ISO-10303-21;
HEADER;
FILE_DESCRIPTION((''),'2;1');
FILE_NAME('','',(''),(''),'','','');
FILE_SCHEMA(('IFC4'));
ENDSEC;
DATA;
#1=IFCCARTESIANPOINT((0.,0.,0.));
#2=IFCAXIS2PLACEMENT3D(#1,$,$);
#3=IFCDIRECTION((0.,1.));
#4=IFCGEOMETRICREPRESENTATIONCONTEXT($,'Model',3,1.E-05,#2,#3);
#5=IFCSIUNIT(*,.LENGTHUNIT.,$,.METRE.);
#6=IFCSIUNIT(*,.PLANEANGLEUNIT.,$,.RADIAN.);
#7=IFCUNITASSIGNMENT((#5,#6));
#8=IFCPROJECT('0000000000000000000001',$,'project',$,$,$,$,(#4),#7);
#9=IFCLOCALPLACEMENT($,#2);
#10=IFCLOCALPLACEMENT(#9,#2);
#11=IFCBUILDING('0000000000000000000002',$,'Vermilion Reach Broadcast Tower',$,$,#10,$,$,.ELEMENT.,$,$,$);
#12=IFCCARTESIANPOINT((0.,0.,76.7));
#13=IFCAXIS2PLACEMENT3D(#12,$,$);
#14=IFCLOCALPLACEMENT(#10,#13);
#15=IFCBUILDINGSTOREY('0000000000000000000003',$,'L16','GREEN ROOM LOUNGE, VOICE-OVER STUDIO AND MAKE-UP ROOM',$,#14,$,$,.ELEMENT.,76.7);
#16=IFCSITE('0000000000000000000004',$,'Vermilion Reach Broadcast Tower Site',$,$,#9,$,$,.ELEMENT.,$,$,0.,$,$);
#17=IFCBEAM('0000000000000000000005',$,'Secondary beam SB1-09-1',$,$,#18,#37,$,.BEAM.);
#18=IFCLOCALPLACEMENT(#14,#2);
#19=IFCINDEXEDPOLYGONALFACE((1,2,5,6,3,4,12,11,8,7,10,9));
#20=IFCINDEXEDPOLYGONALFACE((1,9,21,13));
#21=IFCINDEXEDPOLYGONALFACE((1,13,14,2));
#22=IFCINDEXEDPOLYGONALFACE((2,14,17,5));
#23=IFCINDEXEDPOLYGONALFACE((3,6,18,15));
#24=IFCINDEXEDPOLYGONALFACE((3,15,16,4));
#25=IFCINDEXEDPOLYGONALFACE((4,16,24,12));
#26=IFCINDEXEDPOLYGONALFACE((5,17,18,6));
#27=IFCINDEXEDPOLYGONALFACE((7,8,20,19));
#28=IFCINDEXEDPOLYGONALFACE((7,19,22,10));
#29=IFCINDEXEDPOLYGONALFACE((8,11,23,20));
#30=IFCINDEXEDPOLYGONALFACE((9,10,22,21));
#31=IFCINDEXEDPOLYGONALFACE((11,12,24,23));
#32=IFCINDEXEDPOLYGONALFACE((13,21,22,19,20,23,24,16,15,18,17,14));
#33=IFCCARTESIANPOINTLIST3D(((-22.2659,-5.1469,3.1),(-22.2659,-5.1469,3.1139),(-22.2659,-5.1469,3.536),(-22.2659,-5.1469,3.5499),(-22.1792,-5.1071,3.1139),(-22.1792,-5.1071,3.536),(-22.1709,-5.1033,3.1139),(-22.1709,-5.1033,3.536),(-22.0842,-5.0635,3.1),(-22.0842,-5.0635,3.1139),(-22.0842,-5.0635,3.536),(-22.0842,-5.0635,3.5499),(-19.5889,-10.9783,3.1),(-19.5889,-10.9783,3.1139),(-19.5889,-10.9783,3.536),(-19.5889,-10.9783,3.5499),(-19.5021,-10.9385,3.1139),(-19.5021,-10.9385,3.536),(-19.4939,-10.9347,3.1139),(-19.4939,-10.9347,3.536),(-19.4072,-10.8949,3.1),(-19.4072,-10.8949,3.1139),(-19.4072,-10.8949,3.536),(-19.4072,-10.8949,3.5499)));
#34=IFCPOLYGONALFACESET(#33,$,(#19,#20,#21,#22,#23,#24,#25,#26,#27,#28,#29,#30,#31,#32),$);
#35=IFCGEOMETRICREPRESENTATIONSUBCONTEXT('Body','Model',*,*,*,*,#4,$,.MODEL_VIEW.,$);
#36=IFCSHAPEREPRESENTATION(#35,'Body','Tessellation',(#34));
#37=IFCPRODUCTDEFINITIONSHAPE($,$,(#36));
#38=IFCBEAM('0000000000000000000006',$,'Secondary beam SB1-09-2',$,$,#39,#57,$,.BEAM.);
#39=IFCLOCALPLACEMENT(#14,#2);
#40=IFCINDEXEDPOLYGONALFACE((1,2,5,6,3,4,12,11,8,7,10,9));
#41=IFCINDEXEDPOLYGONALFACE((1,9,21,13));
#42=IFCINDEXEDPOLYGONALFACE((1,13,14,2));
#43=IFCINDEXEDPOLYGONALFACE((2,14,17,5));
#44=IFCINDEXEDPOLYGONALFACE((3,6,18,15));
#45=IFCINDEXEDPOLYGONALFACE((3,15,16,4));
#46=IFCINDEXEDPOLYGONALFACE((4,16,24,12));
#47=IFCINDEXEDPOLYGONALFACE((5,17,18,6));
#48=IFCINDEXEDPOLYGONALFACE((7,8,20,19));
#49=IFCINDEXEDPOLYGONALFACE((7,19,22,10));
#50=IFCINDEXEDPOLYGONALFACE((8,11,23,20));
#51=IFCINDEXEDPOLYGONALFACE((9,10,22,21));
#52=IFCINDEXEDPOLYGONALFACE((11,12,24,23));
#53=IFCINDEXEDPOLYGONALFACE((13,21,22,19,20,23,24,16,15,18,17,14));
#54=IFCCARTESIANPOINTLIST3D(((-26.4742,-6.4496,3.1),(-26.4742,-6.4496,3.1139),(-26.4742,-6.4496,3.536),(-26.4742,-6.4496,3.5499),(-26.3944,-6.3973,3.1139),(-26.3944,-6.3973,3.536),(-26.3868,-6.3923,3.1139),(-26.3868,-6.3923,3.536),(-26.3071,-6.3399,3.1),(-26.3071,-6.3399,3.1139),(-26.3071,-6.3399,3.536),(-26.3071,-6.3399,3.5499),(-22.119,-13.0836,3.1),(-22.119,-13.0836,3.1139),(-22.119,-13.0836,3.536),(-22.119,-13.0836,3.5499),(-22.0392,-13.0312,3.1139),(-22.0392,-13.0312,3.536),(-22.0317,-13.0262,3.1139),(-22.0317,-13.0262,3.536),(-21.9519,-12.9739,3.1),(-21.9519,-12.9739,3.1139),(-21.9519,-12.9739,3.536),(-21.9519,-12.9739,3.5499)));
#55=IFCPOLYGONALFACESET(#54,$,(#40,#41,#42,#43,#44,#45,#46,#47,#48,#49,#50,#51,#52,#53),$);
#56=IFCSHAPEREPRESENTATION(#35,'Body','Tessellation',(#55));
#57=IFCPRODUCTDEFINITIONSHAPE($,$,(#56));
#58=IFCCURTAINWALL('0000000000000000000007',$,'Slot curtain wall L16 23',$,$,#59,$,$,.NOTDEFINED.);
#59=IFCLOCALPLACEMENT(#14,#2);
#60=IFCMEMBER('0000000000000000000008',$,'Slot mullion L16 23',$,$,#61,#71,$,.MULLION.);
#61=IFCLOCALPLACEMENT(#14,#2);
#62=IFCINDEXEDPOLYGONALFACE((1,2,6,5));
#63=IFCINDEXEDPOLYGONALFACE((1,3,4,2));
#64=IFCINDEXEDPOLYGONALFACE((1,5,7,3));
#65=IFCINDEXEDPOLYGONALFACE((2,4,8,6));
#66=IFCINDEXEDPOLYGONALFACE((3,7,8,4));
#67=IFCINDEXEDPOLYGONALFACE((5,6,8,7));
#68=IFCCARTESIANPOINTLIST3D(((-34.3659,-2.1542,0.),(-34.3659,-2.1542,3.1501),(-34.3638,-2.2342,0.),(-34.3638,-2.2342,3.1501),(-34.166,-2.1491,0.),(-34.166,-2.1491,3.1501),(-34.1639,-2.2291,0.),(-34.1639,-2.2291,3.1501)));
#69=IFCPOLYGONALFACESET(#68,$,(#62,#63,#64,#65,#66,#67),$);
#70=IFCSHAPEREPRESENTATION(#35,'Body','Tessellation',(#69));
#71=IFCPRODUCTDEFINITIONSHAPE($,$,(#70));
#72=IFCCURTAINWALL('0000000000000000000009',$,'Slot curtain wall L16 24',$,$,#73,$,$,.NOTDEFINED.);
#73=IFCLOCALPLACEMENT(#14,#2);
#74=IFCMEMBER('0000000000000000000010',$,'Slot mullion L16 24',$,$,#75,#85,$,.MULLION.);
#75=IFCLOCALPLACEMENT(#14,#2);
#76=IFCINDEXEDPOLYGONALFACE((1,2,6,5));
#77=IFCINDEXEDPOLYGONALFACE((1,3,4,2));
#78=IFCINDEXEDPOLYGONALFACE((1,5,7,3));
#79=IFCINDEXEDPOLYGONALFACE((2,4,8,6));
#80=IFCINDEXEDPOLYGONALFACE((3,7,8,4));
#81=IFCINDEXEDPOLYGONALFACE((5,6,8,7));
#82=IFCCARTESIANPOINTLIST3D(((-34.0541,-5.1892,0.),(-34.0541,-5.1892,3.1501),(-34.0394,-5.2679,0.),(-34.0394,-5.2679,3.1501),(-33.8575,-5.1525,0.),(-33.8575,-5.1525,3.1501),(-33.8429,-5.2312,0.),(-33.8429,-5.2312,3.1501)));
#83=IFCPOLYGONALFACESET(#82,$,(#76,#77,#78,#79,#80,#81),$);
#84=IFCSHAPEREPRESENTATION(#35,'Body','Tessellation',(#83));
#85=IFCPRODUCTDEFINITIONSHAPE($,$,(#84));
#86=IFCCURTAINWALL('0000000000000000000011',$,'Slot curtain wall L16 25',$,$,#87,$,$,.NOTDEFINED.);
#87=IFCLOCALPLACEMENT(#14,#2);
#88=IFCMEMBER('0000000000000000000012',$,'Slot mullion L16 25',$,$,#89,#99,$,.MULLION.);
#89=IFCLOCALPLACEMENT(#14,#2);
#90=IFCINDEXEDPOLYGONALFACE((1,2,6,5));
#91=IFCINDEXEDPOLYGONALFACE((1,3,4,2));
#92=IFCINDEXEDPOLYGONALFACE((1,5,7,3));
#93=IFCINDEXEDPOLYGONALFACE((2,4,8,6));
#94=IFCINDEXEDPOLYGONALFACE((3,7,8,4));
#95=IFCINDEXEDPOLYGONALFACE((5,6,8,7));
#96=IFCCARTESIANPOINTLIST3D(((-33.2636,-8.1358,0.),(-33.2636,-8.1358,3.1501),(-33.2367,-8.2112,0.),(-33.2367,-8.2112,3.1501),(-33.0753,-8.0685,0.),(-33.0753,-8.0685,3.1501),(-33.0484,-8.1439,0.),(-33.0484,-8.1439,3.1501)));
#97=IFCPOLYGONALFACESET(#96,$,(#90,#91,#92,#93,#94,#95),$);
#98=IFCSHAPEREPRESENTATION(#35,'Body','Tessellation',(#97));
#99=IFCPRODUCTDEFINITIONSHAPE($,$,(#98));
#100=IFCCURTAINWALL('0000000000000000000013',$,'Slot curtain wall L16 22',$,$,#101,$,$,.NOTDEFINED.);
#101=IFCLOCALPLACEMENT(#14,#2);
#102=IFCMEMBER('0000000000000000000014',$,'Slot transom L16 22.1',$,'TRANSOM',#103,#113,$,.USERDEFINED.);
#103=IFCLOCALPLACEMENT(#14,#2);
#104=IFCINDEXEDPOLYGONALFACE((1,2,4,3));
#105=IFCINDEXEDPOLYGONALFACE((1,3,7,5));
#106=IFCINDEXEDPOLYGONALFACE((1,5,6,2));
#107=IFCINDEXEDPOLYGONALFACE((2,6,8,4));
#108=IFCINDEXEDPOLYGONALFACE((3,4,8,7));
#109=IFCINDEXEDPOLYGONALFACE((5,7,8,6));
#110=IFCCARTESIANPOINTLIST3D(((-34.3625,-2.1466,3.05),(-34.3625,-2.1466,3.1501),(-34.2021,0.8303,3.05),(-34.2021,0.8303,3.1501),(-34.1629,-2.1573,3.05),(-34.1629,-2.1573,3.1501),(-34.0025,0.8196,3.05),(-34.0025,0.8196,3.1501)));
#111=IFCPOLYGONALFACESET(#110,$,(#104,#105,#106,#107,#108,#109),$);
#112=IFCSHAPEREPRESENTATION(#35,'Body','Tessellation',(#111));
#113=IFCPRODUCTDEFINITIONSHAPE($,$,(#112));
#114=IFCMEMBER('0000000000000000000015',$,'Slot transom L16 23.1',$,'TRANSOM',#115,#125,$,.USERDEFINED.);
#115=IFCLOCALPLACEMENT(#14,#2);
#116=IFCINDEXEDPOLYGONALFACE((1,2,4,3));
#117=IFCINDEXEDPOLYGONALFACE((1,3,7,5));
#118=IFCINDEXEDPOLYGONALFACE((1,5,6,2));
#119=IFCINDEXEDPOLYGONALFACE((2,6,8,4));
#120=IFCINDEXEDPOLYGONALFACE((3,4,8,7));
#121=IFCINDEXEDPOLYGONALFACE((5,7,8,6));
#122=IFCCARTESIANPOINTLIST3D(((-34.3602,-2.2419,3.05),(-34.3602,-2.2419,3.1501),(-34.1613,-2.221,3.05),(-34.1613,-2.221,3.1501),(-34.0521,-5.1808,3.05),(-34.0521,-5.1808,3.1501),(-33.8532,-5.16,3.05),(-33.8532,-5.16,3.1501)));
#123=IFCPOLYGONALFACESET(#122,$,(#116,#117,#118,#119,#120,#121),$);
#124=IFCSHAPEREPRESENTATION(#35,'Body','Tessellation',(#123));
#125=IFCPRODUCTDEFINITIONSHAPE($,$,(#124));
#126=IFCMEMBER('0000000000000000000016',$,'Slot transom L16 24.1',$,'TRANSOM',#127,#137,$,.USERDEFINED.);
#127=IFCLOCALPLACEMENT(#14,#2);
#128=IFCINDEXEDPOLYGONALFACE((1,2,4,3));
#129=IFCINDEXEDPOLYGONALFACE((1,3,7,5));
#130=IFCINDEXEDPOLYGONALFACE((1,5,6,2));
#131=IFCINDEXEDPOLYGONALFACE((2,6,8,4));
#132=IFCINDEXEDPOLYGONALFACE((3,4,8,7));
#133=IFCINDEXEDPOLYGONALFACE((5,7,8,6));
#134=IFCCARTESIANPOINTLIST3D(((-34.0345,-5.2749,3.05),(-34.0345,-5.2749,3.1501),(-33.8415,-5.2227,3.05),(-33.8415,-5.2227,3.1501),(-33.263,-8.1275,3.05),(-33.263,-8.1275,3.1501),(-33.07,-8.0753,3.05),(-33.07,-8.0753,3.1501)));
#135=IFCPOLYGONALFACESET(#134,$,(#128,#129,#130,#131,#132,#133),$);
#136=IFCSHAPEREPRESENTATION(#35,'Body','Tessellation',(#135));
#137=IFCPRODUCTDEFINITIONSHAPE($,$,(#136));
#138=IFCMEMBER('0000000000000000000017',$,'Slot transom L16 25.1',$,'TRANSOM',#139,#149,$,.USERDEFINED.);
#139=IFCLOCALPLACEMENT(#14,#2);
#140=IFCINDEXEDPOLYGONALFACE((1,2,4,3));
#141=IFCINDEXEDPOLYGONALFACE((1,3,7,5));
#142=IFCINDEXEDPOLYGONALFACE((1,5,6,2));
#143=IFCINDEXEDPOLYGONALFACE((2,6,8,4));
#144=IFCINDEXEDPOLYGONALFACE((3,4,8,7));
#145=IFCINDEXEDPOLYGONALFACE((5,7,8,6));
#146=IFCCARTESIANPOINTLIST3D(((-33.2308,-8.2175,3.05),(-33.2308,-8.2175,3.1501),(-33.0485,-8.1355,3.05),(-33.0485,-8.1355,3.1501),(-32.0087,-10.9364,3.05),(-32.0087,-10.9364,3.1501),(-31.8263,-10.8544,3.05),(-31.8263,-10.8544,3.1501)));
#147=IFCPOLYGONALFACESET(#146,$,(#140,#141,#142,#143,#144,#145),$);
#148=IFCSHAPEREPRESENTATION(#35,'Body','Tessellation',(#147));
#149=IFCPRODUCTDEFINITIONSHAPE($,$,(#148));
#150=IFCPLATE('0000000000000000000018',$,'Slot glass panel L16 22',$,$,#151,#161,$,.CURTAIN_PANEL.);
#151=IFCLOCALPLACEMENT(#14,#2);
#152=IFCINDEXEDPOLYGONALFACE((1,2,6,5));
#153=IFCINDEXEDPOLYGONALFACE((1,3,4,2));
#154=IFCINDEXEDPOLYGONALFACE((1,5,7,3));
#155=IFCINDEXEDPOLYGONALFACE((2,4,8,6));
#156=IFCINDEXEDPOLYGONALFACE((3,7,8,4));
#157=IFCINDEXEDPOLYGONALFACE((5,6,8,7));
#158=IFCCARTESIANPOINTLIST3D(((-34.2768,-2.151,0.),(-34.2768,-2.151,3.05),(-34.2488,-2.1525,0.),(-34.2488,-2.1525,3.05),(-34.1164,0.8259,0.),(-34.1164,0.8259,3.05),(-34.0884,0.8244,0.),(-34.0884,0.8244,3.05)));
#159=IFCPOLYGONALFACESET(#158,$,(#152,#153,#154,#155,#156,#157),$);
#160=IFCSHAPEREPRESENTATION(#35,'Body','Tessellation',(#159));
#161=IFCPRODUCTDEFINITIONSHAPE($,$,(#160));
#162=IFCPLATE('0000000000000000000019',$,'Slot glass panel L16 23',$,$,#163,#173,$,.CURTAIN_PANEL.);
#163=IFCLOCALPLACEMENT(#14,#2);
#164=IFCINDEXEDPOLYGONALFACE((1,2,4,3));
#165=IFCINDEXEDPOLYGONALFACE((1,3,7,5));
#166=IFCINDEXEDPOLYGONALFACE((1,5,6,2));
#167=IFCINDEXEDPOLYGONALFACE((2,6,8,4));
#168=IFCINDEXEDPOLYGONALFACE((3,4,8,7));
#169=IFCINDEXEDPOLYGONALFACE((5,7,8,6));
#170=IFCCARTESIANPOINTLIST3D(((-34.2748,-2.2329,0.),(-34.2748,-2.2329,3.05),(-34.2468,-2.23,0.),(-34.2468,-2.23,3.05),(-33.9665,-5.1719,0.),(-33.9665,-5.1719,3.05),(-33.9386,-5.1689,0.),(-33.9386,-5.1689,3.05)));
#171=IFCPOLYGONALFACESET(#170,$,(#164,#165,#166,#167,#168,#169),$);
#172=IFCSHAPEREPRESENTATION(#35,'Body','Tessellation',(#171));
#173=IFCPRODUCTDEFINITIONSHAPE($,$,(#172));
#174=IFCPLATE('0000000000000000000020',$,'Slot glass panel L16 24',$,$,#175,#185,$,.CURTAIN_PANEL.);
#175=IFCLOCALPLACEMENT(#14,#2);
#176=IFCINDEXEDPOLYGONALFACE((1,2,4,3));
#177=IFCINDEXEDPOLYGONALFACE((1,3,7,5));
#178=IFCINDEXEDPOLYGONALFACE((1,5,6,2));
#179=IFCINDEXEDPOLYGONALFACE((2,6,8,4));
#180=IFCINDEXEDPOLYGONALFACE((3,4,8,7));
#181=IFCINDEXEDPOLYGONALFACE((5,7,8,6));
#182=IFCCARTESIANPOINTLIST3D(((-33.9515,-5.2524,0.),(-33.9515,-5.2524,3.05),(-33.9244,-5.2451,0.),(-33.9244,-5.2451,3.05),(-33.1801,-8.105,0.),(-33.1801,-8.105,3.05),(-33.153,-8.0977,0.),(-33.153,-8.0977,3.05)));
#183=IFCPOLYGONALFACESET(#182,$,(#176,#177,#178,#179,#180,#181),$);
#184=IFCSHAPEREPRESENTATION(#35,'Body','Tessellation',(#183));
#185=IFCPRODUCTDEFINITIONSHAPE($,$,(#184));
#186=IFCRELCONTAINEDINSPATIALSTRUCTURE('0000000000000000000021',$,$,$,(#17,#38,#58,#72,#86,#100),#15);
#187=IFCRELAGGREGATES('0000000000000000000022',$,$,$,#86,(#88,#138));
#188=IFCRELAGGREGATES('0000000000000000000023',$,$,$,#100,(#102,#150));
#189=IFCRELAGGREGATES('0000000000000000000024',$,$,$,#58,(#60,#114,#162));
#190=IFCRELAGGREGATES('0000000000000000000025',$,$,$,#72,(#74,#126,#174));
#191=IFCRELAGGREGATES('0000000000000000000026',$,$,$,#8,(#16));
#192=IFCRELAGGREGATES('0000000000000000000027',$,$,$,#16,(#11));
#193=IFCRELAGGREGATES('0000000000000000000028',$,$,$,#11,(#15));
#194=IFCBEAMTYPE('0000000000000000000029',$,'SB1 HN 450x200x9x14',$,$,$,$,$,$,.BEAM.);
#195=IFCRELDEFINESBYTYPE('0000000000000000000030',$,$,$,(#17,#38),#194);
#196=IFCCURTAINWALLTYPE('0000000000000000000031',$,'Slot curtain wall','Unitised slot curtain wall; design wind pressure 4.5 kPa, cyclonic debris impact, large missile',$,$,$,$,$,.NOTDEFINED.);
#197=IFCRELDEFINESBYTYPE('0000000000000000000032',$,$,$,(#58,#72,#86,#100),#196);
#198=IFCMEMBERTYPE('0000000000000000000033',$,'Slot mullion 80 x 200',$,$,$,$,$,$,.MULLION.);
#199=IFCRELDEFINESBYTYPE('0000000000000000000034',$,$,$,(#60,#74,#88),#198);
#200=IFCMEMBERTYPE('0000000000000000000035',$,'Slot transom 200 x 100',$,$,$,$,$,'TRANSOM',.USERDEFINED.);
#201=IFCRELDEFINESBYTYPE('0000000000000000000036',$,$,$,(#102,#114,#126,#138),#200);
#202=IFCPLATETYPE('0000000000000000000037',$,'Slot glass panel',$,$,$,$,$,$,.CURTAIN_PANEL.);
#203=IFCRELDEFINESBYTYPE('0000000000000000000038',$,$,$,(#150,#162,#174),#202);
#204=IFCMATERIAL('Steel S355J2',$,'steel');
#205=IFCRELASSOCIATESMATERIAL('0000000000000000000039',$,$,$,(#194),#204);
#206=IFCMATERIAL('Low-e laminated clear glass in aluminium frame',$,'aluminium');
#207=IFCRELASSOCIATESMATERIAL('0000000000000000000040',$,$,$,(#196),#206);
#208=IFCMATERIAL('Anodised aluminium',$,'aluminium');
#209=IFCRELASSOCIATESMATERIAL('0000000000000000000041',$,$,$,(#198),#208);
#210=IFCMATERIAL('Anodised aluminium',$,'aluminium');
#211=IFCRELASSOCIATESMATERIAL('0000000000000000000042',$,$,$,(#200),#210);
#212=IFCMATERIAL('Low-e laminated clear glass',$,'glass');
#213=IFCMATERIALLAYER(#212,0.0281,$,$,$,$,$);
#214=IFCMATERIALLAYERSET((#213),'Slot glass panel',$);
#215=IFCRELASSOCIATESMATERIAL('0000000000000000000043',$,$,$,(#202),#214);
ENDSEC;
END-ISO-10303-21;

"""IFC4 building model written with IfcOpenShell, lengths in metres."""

from ifc_helpers import new_model, si_unit, direction, frame, origin, origin_2d, place, context, subcontext, project, spatial, rectangle, i_section, extrude, material, layer, layer_set, material_profile, profile_set, type_object, element, aggregate, save


model = new_model("IFC4")

# Units and contexts
model_context = context("Model", 3, precision=1e-05, world=origin(), true_north=direction((0.0, 1.0)))
body_context = subcontext(model_context, "Body", "Model", "MODEL_VIEW")
ifc_project = project(units=[si_unit("LENGTHUNIT", "METRE"), si_unit("PLANEANGLEUNIT", "RADIAN")], contexts=[model_context])

# Site, building, storey
site_placement = place(None, origin())
site = spatial("IfcSite", under=ifc_project, at=site_placement, Name="Vermilion Reach Broadcast Tower Site", CompositionType="ELEMENT", RefElevation=0.0)
building_placement = place(site_placement, origin())
building = spatial("IfcBuilding", under=site, at=building_placement, Name="Vermilion Reach Broadcast Tower", CompositionType="ELEMENT")
storey_placement = place(building_placement, frame((0.0, 0.0, 76.7)))
storey = spatial("IfcBuildingStorey", under=building, at=storey_placement, Name="L16", Description="GREEN ROOM LOUNGE, VOICE-OVER STUDIO AND MAKE-UP ROOM", CompositionType="ELEMENT", Elevation=76.7)

# Beams
ifc_material_1 = material(Name="Steel S355J2", Category="steel")
ifc_material_profile_1 = material_profile(ifc_material_1, i_section(OverallWidth=0.2, OverallDepth=0.45, WebThickness=0.009, FlangeThickness=0.0139, at=origin_2d()), Name="S355J2 HN 450x200x9x14")
ifc_profile_set_1 = profile_set([ifc_material_profile_1], Name="Steel S355J2")
beam_type_1 = type_object("IfcBeamType", Name="SB1 HN 450x200x9x14", PredefinedType="BEAM", material=ifc_profile_set_1)
beam_1_placement = place(storey_placement, frame((-22.175, -5.1052, 3.325), z_axis=(0.417211, -0.908809, 0.0), x_axis=(0.908809, 0.417211, 0.0)))
element("IfcBeam", 1, at=beam_1_placement, inside=storey, type_object=beam_type_1, Name="Secondary beam SB1-09-1", PredefinedType="BEAM", context=body_context, shape_type="SweptSolid", body=[
    extrude(i_section(OverallWidth=0.2, OverallDepth=0.45, WebThickness=0.009, FlangeThickness=0.0139, at=origin_2d()), origin(), (0.0, 0.0, 1.0), 6.4165),
])
beam_2_placement = place(storey_placement, frame((-26.3906, -6.3948, 3.325), z_axis=(0.548801, -0.835953, 0.0), x_axis=(0.835953, 0.548801, 0.0)))
element("IfcBeam", 2, at=beam_2_placement, inside=storey, type_object=beam_type_1, Name="Secondary beam SB1-09-2", PredefinedType="BEAM", context=body_context, shape_type="SweptSolid", body=[
    extrude(i_section(OverallWidth=0.2, OverallDepth=0.45, WebThickness=0.009, FlangeThickness=0.0139, at=origin_2d()), origin(), (0.0, 0.0, 1.0), 7.9358),
])

# Curtain walls, members
ifc_material_2 = material(Name="Low-e laminated clear glass in aluminium frame", Category="aluminium")
curtain_wall_type = type_object("IfcCurtainWallType", Name="Slot curtain wall", Description="Unitised slot curtain wall; design wind pressure 4.5 kPa, cyclonic debris impact, large missile", PredefinedType="NOTDEFINED", material=ifc_material_2)
placement = place(storey_placement, origin())
curtain_wall_1 = element("IfcCurtainWall", 3, at=placement, inside=storey, type_object=curtain_wall_type, Name="Slot curtain wall L16 23", PredefinedType="NOTDEFINED")
ifc_material_3 = material(Name="Anodised aluminium", Category="aluminium")
ifc_material_profile_2 = material_profile(ifc_material_3, rectangle(XDim=0.2, YDim=0.0801, at=origin_2d()), Name="Slot mullion 80 x 200")
ifc_profile_set_2 = profile_set([ifc_material_profile_2], Name="Anodised aluminium")
member_type_1 = type_object("IfcMemberType", Name="Slot mullion 80 x 200", PredefinedType="MULLION", material=ifc_profile_set_2)
member_1_placement = place(storey_placement, frame((-34.2649, -2.1917, 0.0), z_axis=(0.0, 0.0, 1.0), x_axis=(0.999679, 0.025324, 0.0)))
member_1 = element("IfcMember", 4, at=member_1_placement, type_object=member_type_1, Name="Slot mullion L16 23", PredefinedType="MULLION", context=body_context, shape_type="SweptSolid", body=[
    extrude(rectangle(XDim=0.2, YDim=0.0801, at=origin_2d()), origin(), (0.0, 0.0, 1.0), 3.1501),
])
curtain_wall_2 = element("IfcCurtainWall", 5, at=placement, inside=storey, type_object=curtain_wall_type, Name="Slot curtain wall L16 24", PredefinedType="NOTDEFINED")
member_2_placement = place(storey_placement, frame((-33.9485, -5.2102, 0.0), z_axis=(0.0, 0.0, 1.0), x_axis=(0.983064, 0.183265, 0.0)))
member_2 = element("IfcMember", 6, at=member_2_placement, type_object=member_type_1, Name="Slot mullion L16 24", PredefinedType="MULLION", context=body_context, shape_type="SweptSolid", body=[
    extrude(rectangle(XDim=0.2, YDim=0.0801, at=origin_2d()), origin(), (0.0, 0.0, 1.0), 3.1501),
])
curtain_wall_3 = element("IfcCurtainWall", 7, at=placement, inside=storey, type_object=curtain_wall_type, Name="Slot curtain wall L16 25", PredefinedType="NOTDEFINED")
member_3_placement = place(storey_placement, frame((-33.156, -8.1399, 0.0), z_axis=(0.0, 0.0, 1.0), x_axis=(0.941654, 0.336584, 0.0)))
member_3 = element("IfcMember", 8, at=member_3_placement, type_object=member_type_1, Name="Slot mullion L16 25", PredefinedType="MULLION", context=body_context, shape_type="SweptSolid", body=[
    extrude(rectangle(XDim=0.2, YDim=0.0801, at=origin_2d()), origin(), (0.0, 0.0, 1.0), 3.1501),
])
curtain_wall_4 = element("IfcCurtainWall", 9, at=placement, inside=storey, type_object=curtain_wall_type, Name="Slot curtain wall L16 22", PredefinedType="NOTDEFINED")
ifc_material_4 = material(Name="Anodised aluminium", Category="aluminium")
ifc_material_profile_3 = material_profile(ifc_material_4, rectangle(XDim=0.2, YDim=0.1001, at=origin_2d()), Name="Slot transom 200 x 100")
ifc_profile_set_3 = profile_set([ifc_material_profile_3], Name="Anodised aluminium")
member_type_2 = type_object("IfcMemberType", Name="Slot transom 200 x 100", ElementType="TRANSOM", PredefinedType="USERDEFINED", material=ifc_profile_set_3)
member_4_placement = place(storey_placement, frame((-34.1023, 0.825, 3.1001), z_axis=(-0.053805, -0.998551, 0.0), x_axis=(0.998551, -0.053805, 0.0)))
member_4 = element("IfcMember", 10, at=member_4_placement, type_object=member_type_2, Name="Slot transom L16 22.1", ObjectType="TRANSOM", PredefinedType="USERDEFINED", context=body_context, shape_type="SweptSolid", body=[
    extrude(rectangle(XDim=0.2, YDim=0.1001, at=origin_2d()), origin(), (0.0, 0.0, 1.0), 2.9812),
])

# Members
member_5_placement = place(storey_placement, frame((-34.2607, -2.2314, 3.1001), z_axis=(0.104263, -0.99455, 0.0), x_axis=(0.99455, 0.104263, 0.0)))
member_5 = element("IfcMember", 11, at=member_5_placement, type_object=member_type_2, Name="Slot transom L16 23.1", ObjectType="TRANSOM", PredefinedType="USERDEFINED", context=body_context, shape_type="SweptSolid", body=[
    extrude(rectangle(XDim=0.2, YDim=0.1001, at=origin_2d()), origin(), (0.0, 0.0, 1.0), 2.9551),
])
member_6_placement = place(storey_placement, frame((-33.938, -5.2488, 3.1001), z_axis=(0.261075, -0.965318, 0.0), x_axis=(0.965318, 0.261075, 0.0)))
member_6 = element("IfcMember", 12, at=member_6_placement, type_object=member_type_2, Name="Slot transom L16 24.1", ObjectType="TRANSOM", PredefinedType="USERDEFINED", context=body_context, shape_type="SweptSolid", body=[
    extrude(rectangle(XDim=0.2, YDim=0.1001, at=origin_2d()), origin(), (0.0, 0.0, 1.0), 2.9551),
])
member_7_placement = place(storey_placement, frame((-33.1396, -8.1765, 3.1001), z_axis=(0.40998, -0.912095, 0.0), x_axis=(0.912095, 0.40998, 0.0)))
member_7 = element("IfcMember", 13, at=member_7_placement, type_object=member_type_2, Name="Slot transom L16 25.1", ObjectType="TRANSOM", PredefinedType="USERDEFINED", context=body_context, shape_type="SweptSolid", body=[
    extrude(rectangle(XDim=0.2, YDim=0.1001, at=origin_2d()), origin(), (0.0, 0.0, 1.0), 2.981),
])
aggregate(curtain_wall_3, [member_3, member_7])

# Plates
ifc_material_5 = material(Name="Low-e laminated clear glass", Category="glass")
ifc_layer_1 = layer(ifc_material_5, 0.0281)
ifc_layer_set_1 = layer_set([ifc_layer_1], Name="Slot glass panel")
plate_type = type_object("IfcPlateType", Name="Slot glass panel", PredefinedType="CURTAIN_PANEL", material=ifc_layer_set_1)
plate_1_placement = place(storey_placement, frame((-34.1826, -0.6633, 0.0), z_axis=(0.0, 0.0, 1.0), x_axis=(-0.053809, -0.998551, 0.0)))
plate_1 = element("IfcPlate", 14, at=plate_1_placement, type_object=plate_type, Name="Slot glass panel L16 22", PredefinedType="CURTAIN_PANEL", context=body_context, shape_type="SweptSolid", body=[
    extrude(rectangle(XDim=2.9812, YDim=0.0281, at=origin_2d()), origin(), (0.0, 0.0, 1.0), 3.05),
])
aggregate(curtain_wall_4, [member_4, plate_1])
plate_2_placement = place(storey_placement, frame((-34.1067, -3.7009, 0.0), z_axis=(0.0, 0.0, 1.0), x_axis=(0.104299, -0.994546, 0.0)))
plate_2 = element("IfcPlate", 15, at=plate_2_placement, type_object=plate_type, Name="Slot glass panel L16 23", PredefinedType="CURTAIN_PANEL", context=body_context, shape_type="SweptSolid", body=[
    extrude(rectangle(XDim=2.9551, YDim=0.0281, at=origin_2d()), origin(), (0.0, 0.0, 1.0), 3.05),
])
aggregate(curtain_wall_1, [member_1, member_5, plate_2])
plate_3_placement = place(storey_placement, frame((-33.5522, -6.675, 0.0), z_axis=(0.0, 0.0, 1.0), x_axis=(0.261064, -0.965321, 0.0)))
plate_3 = element("IfcPlate", 16, at=plate_3_placement, type_object=plate_type, Name="Slot glass panel L16 24", PredefinedType="CURTAIN_PANEL", context=body_context, shape_type="SweptSolid", body=[
    extrude(rectangle(XDim=2.9551, YDim=0.0281, at=origin_2d()), origin(), (0.0, 0.0, 1.0), 3.05),
])
aggregate(curtain_wall_2, [member_2, member_6, plate_3])

save(model, "model.ifc")
